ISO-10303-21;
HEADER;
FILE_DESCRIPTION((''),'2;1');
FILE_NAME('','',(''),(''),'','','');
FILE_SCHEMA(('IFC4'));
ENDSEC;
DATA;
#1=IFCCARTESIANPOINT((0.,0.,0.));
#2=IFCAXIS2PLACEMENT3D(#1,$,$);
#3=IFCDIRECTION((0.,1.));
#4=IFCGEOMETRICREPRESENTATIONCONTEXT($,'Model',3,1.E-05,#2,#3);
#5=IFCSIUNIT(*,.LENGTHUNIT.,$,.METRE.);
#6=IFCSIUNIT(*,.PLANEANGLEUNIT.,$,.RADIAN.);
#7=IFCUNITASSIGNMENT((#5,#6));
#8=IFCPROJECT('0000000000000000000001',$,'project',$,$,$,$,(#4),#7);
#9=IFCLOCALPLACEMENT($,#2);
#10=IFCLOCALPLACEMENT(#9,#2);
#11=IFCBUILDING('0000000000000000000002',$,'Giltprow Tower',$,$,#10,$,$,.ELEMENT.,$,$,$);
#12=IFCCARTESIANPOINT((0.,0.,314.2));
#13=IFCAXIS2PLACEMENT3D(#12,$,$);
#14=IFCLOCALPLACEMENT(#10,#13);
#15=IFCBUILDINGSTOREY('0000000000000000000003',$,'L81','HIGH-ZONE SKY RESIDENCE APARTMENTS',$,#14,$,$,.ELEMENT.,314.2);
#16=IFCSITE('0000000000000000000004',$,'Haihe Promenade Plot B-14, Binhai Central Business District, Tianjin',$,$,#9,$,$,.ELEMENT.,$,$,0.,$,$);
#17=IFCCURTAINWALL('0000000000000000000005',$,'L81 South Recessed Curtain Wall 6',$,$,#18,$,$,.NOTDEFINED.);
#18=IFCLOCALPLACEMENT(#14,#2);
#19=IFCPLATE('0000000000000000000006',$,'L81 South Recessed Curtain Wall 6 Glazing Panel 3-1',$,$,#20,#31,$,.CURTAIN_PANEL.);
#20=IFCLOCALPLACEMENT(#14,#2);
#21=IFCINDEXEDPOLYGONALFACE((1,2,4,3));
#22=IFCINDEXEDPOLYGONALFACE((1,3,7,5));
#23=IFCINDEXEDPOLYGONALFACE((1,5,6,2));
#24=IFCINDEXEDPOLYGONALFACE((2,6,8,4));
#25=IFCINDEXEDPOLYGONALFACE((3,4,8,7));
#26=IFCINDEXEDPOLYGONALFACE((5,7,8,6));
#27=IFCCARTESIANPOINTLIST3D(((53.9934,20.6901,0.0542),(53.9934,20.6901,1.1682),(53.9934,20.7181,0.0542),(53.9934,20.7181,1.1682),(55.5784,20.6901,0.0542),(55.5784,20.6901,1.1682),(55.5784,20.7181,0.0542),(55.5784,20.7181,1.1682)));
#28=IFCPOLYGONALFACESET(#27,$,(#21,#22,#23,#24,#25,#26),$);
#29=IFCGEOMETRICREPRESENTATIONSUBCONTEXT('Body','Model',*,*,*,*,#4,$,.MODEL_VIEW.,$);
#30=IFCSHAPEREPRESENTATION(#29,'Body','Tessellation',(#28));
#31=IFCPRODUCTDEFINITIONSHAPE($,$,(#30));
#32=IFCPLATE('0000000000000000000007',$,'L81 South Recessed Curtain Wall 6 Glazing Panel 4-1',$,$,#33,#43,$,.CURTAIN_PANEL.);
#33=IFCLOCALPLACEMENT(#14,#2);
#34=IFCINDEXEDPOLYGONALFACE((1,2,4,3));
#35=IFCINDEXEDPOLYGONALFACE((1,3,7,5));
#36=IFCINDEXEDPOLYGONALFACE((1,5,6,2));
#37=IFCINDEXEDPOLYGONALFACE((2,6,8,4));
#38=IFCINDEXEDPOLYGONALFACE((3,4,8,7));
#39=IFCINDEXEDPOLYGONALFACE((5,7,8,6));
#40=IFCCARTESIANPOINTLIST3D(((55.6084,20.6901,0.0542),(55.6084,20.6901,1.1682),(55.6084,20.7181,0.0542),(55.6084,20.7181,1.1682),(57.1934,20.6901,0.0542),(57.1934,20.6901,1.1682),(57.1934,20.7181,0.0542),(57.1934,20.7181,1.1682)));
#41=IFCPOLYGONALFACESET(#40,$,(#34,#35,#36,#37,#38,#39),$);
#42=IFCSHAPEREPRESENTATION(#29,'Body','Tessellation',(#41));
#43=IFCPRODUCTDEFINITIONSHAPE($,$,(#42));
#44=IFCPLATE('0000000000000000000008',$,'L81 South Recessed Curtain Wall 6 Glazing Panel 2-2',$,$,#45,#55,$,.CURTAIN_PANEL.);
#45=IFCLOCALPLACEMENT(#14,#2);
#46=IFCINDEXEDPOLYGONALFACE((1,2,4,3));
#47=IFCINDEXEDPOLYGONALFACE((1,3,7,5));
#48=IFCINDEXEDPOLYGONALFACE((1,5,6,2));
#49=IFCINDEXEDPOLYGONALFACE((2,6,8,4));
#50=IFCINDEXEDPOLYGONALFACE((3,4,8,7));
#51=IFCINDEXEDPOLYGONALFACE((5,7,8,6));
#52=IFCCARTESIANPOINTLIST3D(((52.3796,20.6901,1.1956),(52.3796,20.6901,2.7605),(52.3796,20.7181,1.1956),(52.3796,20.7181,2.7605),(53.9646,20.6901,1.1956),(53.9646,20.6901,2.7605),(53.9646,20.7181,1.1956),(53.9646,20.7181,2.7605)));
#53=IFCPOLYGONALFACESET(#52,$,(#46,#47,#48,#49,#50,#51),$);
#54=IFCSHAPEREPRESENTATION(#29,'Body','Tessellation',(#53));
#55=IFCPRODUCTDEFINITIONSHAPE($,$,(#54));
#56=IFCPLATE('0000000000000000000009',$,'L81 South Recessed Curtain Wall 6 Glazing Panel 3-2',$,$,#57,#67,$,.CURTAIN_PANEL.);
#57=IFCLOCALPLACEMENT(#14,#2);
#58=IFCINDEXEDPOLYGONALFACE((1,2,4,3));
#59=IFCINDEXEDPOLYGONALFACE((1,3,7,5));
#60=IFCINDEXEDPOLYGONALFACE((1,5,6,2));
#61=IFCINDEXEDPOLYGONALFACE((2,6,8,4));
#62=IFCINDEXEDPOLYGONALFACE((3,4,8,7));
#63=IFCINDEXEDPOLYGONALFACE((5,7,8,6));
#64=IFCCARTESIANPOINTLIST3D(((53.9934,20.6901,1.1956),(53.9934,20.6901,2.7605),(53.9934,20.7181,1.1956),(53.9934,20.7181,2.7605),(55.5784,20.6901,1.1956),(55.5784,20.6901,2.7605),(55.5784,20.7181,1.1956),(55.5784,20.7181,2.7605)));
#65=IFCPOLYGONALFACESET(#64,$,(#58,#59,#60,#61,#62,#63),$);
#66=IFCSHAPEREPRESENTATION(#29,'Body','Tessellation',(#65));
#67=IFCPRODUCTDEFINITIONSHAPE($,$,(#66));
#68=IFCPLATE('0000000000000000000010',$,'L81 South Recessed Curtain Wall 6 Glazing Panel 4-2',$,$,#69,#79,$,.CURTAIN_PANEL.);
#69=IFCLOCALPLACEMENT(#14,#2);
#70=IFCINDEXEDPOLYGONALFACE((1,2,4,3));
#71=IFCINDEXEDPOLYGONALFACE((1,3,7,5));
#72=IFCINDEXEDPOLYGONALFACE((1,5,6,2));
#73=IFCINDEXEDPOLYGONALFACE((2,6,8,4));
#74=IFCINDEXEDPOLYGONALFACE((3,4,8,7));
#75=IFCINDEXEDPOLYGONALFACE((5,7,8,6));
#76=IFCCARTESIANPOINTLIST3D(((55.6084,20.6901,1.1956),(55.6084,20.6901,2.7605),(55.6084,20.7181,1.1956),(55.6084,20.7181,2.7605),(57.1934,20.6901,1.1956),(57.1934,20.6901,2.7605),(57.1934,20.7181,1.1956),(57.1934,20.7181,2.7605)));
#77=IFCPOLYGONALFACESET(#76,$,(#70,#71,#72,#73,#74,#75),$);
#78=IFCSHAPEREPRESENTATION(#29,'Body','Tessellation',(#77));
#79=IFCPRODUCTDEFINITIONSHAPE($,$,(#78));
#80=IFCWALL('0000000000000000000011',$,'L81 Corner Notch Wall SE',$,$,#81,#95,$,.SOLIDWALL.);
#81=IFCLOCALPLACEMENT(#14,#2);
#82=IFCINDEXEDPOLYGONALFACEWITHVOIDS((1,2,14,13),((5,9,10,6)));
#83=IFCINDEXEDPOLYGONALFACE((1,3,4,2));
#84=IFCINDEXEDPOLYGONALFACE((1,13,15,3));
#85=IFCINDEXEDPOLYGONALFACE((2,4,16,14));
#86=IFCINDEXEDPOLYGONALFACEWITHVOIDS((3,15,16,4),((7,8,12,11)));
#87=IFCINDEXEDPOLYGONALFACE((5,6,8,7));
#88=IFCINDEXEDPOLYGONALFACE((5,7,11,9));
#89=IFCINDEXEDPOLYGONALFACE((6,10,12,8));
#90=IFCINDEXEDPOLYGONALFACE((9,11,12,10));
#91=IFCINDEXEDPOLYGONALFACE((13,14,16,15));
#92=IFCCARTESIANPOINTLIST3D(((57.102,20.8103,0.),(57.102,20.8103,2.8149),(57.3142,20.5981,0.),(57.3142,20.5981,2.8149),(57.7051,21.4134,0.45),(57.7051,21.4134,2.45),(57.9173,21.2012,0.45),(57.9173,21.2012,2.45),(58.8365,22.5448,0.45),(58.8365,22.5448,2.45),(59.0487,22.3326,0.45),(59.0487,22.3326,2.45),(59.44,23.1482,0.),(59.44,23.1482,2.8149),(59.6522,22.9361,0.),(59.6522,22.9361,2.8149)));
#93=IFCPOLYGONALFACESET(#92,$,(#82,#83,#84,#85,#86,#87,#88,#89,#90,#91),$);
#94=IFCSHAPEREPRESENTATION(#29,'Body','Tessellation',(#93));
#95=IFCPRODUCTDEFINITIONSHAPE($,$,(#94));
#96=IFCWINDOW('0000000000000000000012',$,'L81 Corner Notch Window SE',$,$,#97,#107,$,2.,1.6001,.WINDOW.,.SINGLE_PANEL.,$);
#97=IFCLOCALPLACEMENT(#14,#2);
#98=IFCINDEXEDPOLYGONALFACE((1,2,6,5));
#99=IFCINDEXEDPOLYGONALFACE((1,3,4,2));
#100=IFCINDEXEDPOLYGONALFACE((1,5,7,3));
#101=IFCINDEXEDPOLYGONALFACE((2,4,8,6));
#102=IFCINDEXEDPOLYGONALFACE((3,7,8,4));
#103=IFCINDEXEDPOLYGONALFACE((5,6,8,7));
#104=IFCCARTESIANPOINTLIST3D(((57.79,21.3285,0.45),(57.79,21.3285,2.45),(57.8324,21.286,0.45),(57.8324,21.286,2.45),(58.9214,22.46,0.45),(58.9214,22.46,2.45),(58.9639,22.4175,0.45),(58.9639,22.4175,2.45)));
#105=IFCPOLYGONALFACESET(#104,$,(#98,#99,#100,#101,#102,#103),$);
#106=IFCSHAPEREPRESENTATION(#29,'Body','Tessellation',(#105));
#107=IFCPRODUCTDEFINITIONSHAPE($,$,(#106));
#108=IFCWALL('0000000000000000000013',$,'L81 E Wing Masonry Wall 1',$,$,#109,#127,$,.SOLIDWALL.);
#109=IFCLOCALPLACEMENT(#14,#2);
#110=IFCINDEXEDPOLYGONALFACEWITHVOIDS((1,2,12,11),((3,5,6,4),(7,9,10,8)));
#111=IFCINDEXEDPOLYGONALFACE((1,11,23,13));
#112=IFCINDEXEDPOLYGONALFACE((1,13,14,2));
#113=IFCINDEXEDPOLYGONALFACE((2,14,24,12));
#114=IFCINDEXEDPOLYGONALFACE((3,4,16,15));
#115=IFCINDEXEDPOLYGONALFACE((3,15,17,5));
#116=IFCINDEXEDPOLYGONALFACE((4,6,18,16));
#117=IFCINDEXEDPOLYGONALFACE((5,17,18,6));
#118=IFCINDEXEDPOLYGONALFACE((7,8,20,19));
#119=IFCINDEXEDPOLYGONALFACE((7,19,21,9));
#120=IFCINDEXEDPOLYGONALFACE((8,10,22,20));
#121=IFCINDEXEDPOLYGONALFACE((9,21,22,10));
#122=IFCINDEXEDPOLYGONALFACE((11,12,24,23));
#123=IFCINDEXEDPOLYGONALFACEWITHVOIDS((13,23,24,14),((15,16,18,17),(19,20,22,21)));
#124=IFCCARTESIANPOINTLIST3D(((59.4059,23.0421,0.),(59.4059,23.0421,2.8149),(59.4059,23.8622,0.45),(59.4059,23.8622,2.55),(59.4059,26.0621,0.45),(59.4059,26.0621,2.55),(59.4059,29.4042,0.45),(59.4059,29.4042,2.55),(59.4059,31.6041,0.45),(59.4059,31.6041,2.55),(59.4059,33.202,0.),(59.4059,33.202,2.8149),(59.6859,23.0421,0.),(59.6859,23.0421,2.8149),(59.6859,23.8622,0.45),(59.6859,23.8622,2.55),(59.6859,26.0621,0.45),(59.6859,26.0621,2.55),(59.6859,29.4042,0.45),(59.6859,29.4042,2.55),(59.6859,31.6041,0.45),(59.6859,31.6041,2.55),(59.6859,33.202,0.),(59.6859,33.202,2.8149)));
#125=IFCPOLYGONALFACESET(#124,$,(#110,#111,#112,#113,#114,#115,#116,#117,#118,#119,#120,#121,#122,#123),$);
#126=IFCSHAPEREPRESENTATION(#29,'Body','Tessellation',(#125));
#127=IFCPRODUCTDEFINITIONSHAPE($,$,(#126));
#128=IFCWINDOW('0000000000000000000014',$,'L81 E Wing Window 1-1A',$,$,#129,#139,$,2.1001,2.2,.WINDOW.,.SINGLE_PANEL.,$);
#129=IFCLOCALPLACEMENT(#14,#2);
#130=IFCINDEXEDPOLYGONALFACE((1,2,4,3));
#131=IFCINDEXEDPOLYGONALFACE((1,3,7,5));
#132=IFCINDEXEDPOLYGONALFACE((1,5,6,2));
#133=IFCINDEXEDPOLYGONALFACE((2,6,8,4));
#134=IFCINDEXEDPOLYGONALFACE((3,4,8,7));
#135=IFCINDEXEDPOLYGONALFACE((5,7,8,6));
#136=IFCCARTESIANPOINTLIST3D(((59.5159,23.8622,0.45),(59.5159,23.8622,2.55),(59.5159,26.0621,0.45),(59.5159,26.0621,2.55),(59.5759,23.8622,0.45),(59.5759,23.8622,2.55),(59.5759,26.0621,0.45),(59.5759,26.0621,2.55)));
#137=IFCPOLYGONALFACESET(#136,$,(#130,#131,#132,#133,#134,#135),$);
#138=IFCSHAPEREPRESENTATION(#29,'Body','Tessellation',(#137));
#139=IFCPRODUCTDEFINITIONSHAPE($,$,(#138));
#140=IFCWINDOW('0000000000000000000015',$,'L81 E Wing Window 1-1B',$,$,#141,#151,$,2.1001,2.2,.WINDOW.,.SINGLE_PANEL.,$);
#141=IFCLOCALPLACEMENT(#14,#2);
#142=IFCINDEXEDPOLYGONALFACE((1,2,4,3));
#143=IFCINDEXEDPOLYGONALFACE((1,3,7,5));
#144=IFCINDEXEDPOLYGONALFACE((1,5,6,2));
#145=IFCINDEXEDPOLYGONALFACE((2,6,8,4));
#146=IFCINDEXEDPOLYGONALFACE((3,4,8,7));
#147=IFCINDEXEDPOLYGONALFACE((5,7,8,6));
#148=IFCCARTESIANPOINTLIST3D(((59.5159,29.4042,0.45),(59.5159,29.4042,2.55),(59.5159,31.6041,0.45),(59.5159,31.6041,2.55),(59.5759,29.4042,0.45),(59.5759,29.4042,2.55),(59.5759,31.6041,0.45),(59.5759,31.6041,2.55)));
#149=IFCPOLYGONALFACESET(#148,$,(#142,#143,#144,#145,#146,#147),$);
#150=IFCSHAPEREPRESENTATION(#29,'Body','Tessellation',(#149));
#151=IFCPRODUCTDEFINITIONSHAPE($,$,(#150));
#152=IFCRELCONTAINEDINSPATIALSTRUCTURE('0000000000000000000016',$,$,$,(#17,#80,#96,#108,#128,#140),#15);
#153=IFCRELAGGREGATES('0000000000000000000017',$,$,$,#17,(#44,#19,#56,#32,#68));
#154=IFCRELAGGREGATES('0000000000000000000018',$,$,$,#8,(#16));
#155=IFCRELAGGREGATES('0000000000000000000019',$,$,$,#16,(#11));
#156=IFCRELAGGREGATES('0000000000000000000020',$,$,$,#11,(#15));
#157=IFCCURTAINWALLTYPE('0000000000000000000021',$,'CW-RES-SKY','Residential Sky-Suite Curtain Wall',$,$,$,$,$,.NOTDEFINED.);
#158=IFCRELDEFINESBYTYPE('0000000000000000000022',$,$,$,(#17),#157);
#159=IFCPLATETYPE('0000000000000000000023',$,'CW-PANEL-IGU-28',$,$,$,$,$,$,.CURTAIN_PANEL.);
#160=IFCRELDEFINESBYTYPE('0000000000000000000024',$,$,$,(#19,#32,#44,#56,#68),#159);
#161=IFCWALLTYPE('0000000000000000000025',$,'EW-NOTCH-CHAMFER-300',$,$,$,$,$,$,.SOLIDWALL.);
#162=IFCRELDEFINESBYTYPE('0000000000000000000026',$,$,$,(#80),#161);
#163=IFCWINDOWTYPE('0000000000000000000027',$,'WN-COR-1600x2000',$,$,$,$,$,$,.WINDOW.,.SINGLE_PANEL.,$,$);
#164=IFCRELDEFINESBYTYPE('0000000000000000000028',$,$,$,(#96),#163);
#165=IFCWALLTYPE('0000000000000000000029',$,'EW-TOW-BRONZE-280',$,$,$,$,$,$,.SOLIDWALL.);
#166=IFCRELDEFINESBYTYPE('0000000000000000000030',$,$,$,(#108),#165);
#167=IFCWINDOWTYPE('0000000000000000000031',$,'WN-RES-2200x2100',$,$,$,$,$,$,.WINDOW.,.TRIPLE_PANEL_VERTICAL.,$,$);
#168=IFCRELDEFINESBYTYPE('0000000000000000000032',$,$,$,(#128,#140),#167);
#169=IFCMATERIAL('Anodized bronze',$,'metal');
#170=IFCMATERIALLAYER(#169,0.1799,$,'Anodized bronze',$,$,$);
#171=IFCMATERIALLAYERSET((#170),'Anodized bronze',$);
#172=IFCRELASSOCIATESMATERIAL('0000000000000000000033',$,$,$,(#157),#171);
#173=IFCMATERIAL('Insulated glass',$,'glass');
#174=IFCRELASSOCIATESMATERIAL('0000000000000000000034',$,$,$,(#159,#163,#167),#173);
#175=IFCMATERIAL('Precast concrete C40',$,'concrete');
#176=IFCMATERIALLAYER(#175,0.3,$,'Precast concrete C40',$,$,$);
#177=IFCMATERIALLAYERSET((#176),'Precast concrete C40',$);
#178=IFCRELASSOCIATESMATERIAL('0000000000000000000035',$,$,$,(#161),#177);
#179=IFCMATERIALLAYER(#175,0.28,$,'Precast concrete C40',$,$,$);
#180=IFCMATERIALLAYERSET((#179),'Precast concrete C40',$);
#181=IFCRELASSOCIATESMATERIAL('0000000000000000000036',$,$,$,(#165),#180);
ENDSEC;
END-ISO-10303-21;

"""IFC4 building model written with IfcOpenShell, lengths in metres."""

from ifc_helpers import new_model, si_unit, direction, frame, frame_2d, origin, origin_2d, place, context, subcontext, project, spatial, rectangle, extrude, source, transform, mapped, material, layer, layer_set, type_object, element, fill, aggregate, save


model = new_model("IFC4")

# Units and contexts
model_context = context("Model", 3, precision=1e-05, world=origin(), true_north=direction((0.0, 1.0)))
body_context = subcontext(model_context, "Body", "Model", "MODEL_VIEW")
ifc_project = project(units=[si_unit("LENGTHUNIT", "METRE"), si_unit("PLANEANGLEUNIT", "RADIAN")], contexts=[model_context])

# Site, building, storey
site_placement = place(None, origin())
site = spatial("IfcSite", under=ifc_project, at=site_placement, Name="Haihe Promenade Plot B-14, Binhai Central Business District, Tianjin", CompositionType="ELEMENT", RefElevation=0.0)
building_placement = place(site_placement, origin())
building = spatial("IfcBuilding", under=site, at=building_placement, Name="Giltprow Tower", CompositionType="ELEMENT")
storey_placement = place(building_placement, frame((0.0, 0.0, 314.2)))
storey = spatial("IfcBuildingStorey", under=building, at=storey_placement, Name="L81", Description="HIGH-ZONE SKY RESIDENCE APARTMENTS", CompositionType="ELEMENT", Elevation=314.2)

# Curtain wall, plates
ifc_material_1 = material(Name="Anodized bronze", Category="metal")
ifc_layer_1 = layer(ifc_material_1, 0.1799, Name="Anodized bronze")
ifc_layer_set_1 = layer_set([ifc_layer_1], Name="Anodized bronze")
curtain_wall_type = type_object("IfcCurtainWallType", Name="CW-RES-SKY", Description="Residential Sky-Suite Curtain Wall", PredefinedType="NOTDEFINED", material=ifc_layer_set_1)
curtain_wall_placement = place(storey_placement, origin())
curtain_wall = element("IfcCurtainWall", 1, at=curtain_wall_placement, inside=storey, type_object=curtain_wall_type, Name="L81 South Recessed Curtain Wall 6", PredefinedType="NOTDEFINED")
ifc_material_2 = material(Name="Insulated glass", Category="glass")
plate_type = type_object("IfcPlateType", Name="CW-PANEL-IGU-28", PredefinedType="CURTAIN_PANEL", material=ifc_material_2)
shared_shape_1 = source(origin(), body_context, "Body", "SweptSolid", [
    extrude(rectangle(XDim=1.585, YDim=0.0281, at=origin_2d()), origin(), (0.0, 0.0, 1.0), 1.114),
])
plate_1_placement = place(storey_placement, frame((54.7859, 20.7041, 0.0542), z_axis=(0.0, 0.0, 1.0), x_axis=(1.0, 0.0, 0.0)))
plate_1 = element("IfcPlate", 2, at=plate_1_placement, type_object=plate_type, Name="L81 South Recessed Curtain Wall 6 Glazing Panel 3-1", PredefinedType="CURTAIN_PANEL", context=body_context, shape_type="MappedRepresentation", body=[
    mapped(shared_shape_1, transform((0.0, 0.0, 0.0), x_axis=(1.0, 0.0, 0.0), y_axis=(0.0, 1.0, 0.0), z_axis=(0.0, 0.0, 1.0), scale=1.0)),
])
plate_2_placement = place(storey_placement, frame((56.4009, 20.7041, 0.0542), z_axis=(0.0, 0.0, 1.0), x_axis=(1.0, 0.0, 0.0)))
plate_2 = element("IfcPlate", 3, at=plate_2_placement, type_object=plate_type, Name="L81 South Recessed Curtain Wall 6 Glazing Panel 4-1", PredefinedType="CURTAIN_PANEL", context=body_context, shape_type="MappedRepresentation", body=[
    mapped(shared_shape_1, transform((0.0, 0.0, 0.0), x_axis=(1.0, 0.0, 0.0), y_axis=(0.0, 1.0, 0.0), z_axis=(0.0, 0.0, 1.0), scale=1.0)),
])
shared_shape_2 = source(origin(), body_context, "Body", "SweptSolid", [
    extrude(rectangle(XDim=1.585, YDim=0.0281, at=origin_2d()), origin(), (0.0, 0.0, 1.0), 1.5649),
])
plate_3_placement = place(storey_placement, frame((53.1721, 20.7041, 1.1956), z_axis=(0.0, 0.0, 1.0), x_axis=(1.0, 0.0, 0.0)))
plate_3 = element("IfcPlate", 4, at=plate_3_placement, type_object=plate_type, Name="L81 South Recessed Curtain Wall 6 Glazing Panel 2-2", PredefinedType="CURTAIN_PANEL", context=body_context, shape_type="MappedRepresentation", body=[
    mapped(shared_shape_2, transform((0.0, 0.0, 0.0), x_axis=(1.0, 0.0, 0.0), y_axis=(0.0, 1.0, 0.0), z_axis=(0.0, 0.0, 1.0), scale=1.0)),
])
plate_4_placement = place(storey_placement, frame((54.7859, 20.7041, 1.1956), z_axis=(0.0, 0.0, 1.0), x_axis=(1.0, 0.0, 0.0)))
plate_4 = element("IfcPlate", 5, at=plate_4_placement, type_object=plate_type, Name="L81 South Recessed Curtain Wall 6 Glazing Panel 3-2", PredefinedType="CURTAIN_PANEL", context=body_context, shape_type="MappedRepresentation", body=[
    mapped(shared_shape_2, transform((0.0, 0.0, 0.0), x_axis=(1.0, 0.0, 0.0), y_axis=(0.0, 1.0, 0.0), z_axis=(0.0, 0.0, 1.0), scale=1.0)),
])
plate_5_placement = place(storey_placement, frame((56.4009, 20.7041, 1.1956), z_axis=(0.0, 0.0, 1.0), x_axis=(1.0, 0.0, 0.0)))
plate_5 = element("IfcPlate", 6, at=plate_5_placement, type_object=plate_type, Name="L81 South Recessed Curtain Wall 6 Glazing Panel 4-2", PredefinedType="CURTAIN_PANEL", context=body_context, shape_type="MappedRepresentation", body=[
    mapped(shared_shape_2, transform((0.0, 0.0, 0.0), x_axis=(1.0, 0.0, 0.0), y_axis=(0.0, 1.0, 0.0), z_axis=(0.0, 0.0, 1.0), scale=1.0)),
])
aggregate(curtain_wall, [plate_3, plate_1, plate_4, plate_2, plate_5])

# Wall, opening, window
ifc_material_3 = material(Name="Precast concrete C40", Category="concrete")
ifc_layer_2 = layer(ifc_material_3, 0.3, Name="Precast concrete C40")
ifc_layer_set_2 = layer_set([ifc_layer_2], Name="Precast concrete C40")
wall_type_1 = type_object("IfcWallType", Name="EW-NOTCH-CHAMFER-300", PredefinedType="SOLIDWALL", material=ifc_layer_set_2)
wall_1_placement = place(storey_placement, frame((57.208, 20.7041, 0.0), z_axis=(0.0, 0.0, 1.0), x_axis=(0.707107, 0.707107, 0.0)))
wall_1 = element("IfcWall", 7, at=wall_1_placement, inside=storey, type_object=wall_type_1, Name="L81 Corner Notch Wall SE", PredefinedType="SOLIDWALL", context=body_context, shape_type="SweptSolid", body=[
    extrude(rectangle(XDim=3.3064, YDim=0.3, at=frame_2d((1.6533, 0.0))), origin(), (0.0, 0.0, 1.0), 2.8149),
])
opening_1_placement = place(wall_1_placement, frame((0.853, 0.0, 0.45)))
opening_1 = element("IfcOpeningElement", 8, at=opening_1_placement, cuts=wall_1, PredefinedType="OPENING", context=body_context, shape_type="SweptSolid", body=[
    extrude(rectangle(XDim=1.6001, YDim=2.0, at=frame_2d((0.8, 1.0))), frame((0.0, 0.1599, 0.0), z_axis=(0.0, -1.0, 0.0), x_axis=(1.0, 0.0, 0.0)), (0.0, 0.0, 1.0), 0.3201),
])
window_type_1 = type_object("IfcWindowType", Name="WN-COR-1600x2000", PartitioningType="SINGLE_PANEL", PredefinedType="WINDOW", material=ifc_material_2)
shared_shape_3 = source(origin(), body_context, "Body", "SweptSolid", [
    extrude(rectangle(XDim=1.6001, YDim=2.0, at=frame_2d((0.8, 1.0))), frame((0.0, 0.03, 0.0), z_axis=(0.0, -1.0, 0.0), x_axis=(1.0, 0.0, 0.0)), (0.0, 0.0, 1.0), 0.0601),
])
window_1_placement = place(opening_1_placement, origin())
window_1 = element("IfcWindow", 9, at=window_1_placement, inside=storey, type_object=window_type_1, Name="L81 Corner Notch Window SE", OverallHeight=2.0, OverallWidth=1.6001, PartitioningType="SINGLE_PANEL", PredefinedType="WINDOW", context=body_context, shape_type="MappedRepresentation", body=[
    mapped(shared_shape_3, transform((0.0, 0.0, 0.0), x_axis=(1.0, 0.0, 0.0), y_axis=(0.0, 1.0, 0.0), z_axis=(0.0, 0.0, 1.0), scale=1.0)),
])
fill(opening_1, window_1)

# Wall, openings, windows
ifc_layer_3 = layer(ifc_material_3, 0.28, Name="Precast concrete C40")
ifc_layer_set_3 = layer_set([ifc_layer_3], Name="Precast concrete C40")
wall_type_2 = type_object("IfcWallType", Name="EW-TOW-BRONZE-280", PredefinedType="SOLIDWALL", material=ifc_layer_set_3)
wall_2_placement = place(storey_placement, frame((59.5459, 23.042, 0.0), z_axis=(0.0, 0.0, 1.0), x_axis=(0.0, 1.0, 0.0)))
wall_2 = element("IfcWall", 10, at=wall_2_placement, inside=storey, type_object=wall_type_2, Name="L81 E Wing Masonry Wall 1", PredefinedType="SOLIDWALL", context=body_context, shape_type="SweptSolid", body=[
    extrude(rectangle(XDim=10.1599, YDim=0.28, at=frame_2d((5.0801, 0.0))), origin(), (0.0, 0.0, 1.0), 2.8149),
])
opening_2_placement = place(wall_2_placement, frame((0.8201, 0.0, 0.45)))
opening_2 = element("IfcOpeningElement", 11, at=opening_2_placement, cuts=wall_2, PredefinedType="OPENING", context=body_context, shape_type="SweptSolid", body=[
    extrude(rectangle(XDim=2.2, YDim=2.1001, at=frame_2d((1.1001, 1.05))), frame((0.0, 0.1499, 0.0), z_axis=(0.0, -1.0, 0.0), x_axis=(1.0, 0.0, 0.0)), (0.0, 0.0, 1.0), 0.3),
])
opening_3_placement = place(wall_2_placement, frame((6.3621, 0.0, 0.45)))
opening_3 = element("IfcOpeningElement", 12, at=opening_3_placement, cuts=wall_2, PredefinedType="OPENING", context=body_context, shape_type="SweptSolid", body=[
    extrude(rectangle(XDim=2.2, YDim=2.1001, at=frame_2d((1.1001, 1.05))), frame((0.0, 0.1499, 0.0), z_axis=(0.0, -1.0, 0.0), x_axis=(1.0, 0.0, 0.0)), (0.0, 0.0, 1.0), 0.3),
])
window_type_2 = type_object("IfcWindowType", Name="WN-RES-2200x2100", PartitioningType="TRIPLE_PANEL_VERTICAL", PredefinedType="WINDOW", material=ifc_material_2)
shared_shape_4 = source(origin(), body_context, "Body", "SweptSolid", [
    extrude(rectangle(XDim=2.2, YDim=2.1001, at=frame_2d((1.1001, 1.05))), frame((0.0, 0.03, 0.0), z_axis=(0.0, -1.0, 0.0), x_axis=(1.0, 0.0, 0.0)), (0.0, 0.0, 1.0), 0.0601),
])
window_2_placement = place(opening_2_placement, origin())
window_2 = element("IfcWindow", 13, at=window_2_placement, inside=storey, type_object=window_type_2, Name="L81 E Wing Window 1-1A", OverallHeight=2.1001, OverallWidth=2.2, PartitioningType="SINGLE_PANEL", PredefinedType="WINDOW", context=body_context, shape_type="MappedRepresentation", body=[
    mapped(shared_shape_4, transform((0.0, 0.0, 0.0), x_axis=(1.0, 0.0, 0.0), y_axis=(0.0, 1.0, 0.0), z_axis=(0.0, 0.0, 1.0), scale=1.0)),
])
fill(opening_2, window_2)
window_3_placement = place(opening_3_placement, origin())
window_3 = element("IfcWindow", 14, at=window_3_placement, inside=storey, type_object=window_type_2, Name="L81 E Wing Window 1-1B", OverallHeight=2.1001, OverallWidth=2.2, PartitioningType="SINGLE_PANEL", PredefinedType="WINDOW", context=body_context, shape_type="MappedRepresentation", body=[
    mapped(shared_shape_4, transform((0.0, 0.0, 0.0), x_axis=(1.0, 0.0, 0.0), y_axis=(0.0, 1.0, 0.0), z_axis=(0.0, 0.0, 1.0), scale=1.0)),
])
fill(opening_3, window_3)

save(model, "model.ifc")
